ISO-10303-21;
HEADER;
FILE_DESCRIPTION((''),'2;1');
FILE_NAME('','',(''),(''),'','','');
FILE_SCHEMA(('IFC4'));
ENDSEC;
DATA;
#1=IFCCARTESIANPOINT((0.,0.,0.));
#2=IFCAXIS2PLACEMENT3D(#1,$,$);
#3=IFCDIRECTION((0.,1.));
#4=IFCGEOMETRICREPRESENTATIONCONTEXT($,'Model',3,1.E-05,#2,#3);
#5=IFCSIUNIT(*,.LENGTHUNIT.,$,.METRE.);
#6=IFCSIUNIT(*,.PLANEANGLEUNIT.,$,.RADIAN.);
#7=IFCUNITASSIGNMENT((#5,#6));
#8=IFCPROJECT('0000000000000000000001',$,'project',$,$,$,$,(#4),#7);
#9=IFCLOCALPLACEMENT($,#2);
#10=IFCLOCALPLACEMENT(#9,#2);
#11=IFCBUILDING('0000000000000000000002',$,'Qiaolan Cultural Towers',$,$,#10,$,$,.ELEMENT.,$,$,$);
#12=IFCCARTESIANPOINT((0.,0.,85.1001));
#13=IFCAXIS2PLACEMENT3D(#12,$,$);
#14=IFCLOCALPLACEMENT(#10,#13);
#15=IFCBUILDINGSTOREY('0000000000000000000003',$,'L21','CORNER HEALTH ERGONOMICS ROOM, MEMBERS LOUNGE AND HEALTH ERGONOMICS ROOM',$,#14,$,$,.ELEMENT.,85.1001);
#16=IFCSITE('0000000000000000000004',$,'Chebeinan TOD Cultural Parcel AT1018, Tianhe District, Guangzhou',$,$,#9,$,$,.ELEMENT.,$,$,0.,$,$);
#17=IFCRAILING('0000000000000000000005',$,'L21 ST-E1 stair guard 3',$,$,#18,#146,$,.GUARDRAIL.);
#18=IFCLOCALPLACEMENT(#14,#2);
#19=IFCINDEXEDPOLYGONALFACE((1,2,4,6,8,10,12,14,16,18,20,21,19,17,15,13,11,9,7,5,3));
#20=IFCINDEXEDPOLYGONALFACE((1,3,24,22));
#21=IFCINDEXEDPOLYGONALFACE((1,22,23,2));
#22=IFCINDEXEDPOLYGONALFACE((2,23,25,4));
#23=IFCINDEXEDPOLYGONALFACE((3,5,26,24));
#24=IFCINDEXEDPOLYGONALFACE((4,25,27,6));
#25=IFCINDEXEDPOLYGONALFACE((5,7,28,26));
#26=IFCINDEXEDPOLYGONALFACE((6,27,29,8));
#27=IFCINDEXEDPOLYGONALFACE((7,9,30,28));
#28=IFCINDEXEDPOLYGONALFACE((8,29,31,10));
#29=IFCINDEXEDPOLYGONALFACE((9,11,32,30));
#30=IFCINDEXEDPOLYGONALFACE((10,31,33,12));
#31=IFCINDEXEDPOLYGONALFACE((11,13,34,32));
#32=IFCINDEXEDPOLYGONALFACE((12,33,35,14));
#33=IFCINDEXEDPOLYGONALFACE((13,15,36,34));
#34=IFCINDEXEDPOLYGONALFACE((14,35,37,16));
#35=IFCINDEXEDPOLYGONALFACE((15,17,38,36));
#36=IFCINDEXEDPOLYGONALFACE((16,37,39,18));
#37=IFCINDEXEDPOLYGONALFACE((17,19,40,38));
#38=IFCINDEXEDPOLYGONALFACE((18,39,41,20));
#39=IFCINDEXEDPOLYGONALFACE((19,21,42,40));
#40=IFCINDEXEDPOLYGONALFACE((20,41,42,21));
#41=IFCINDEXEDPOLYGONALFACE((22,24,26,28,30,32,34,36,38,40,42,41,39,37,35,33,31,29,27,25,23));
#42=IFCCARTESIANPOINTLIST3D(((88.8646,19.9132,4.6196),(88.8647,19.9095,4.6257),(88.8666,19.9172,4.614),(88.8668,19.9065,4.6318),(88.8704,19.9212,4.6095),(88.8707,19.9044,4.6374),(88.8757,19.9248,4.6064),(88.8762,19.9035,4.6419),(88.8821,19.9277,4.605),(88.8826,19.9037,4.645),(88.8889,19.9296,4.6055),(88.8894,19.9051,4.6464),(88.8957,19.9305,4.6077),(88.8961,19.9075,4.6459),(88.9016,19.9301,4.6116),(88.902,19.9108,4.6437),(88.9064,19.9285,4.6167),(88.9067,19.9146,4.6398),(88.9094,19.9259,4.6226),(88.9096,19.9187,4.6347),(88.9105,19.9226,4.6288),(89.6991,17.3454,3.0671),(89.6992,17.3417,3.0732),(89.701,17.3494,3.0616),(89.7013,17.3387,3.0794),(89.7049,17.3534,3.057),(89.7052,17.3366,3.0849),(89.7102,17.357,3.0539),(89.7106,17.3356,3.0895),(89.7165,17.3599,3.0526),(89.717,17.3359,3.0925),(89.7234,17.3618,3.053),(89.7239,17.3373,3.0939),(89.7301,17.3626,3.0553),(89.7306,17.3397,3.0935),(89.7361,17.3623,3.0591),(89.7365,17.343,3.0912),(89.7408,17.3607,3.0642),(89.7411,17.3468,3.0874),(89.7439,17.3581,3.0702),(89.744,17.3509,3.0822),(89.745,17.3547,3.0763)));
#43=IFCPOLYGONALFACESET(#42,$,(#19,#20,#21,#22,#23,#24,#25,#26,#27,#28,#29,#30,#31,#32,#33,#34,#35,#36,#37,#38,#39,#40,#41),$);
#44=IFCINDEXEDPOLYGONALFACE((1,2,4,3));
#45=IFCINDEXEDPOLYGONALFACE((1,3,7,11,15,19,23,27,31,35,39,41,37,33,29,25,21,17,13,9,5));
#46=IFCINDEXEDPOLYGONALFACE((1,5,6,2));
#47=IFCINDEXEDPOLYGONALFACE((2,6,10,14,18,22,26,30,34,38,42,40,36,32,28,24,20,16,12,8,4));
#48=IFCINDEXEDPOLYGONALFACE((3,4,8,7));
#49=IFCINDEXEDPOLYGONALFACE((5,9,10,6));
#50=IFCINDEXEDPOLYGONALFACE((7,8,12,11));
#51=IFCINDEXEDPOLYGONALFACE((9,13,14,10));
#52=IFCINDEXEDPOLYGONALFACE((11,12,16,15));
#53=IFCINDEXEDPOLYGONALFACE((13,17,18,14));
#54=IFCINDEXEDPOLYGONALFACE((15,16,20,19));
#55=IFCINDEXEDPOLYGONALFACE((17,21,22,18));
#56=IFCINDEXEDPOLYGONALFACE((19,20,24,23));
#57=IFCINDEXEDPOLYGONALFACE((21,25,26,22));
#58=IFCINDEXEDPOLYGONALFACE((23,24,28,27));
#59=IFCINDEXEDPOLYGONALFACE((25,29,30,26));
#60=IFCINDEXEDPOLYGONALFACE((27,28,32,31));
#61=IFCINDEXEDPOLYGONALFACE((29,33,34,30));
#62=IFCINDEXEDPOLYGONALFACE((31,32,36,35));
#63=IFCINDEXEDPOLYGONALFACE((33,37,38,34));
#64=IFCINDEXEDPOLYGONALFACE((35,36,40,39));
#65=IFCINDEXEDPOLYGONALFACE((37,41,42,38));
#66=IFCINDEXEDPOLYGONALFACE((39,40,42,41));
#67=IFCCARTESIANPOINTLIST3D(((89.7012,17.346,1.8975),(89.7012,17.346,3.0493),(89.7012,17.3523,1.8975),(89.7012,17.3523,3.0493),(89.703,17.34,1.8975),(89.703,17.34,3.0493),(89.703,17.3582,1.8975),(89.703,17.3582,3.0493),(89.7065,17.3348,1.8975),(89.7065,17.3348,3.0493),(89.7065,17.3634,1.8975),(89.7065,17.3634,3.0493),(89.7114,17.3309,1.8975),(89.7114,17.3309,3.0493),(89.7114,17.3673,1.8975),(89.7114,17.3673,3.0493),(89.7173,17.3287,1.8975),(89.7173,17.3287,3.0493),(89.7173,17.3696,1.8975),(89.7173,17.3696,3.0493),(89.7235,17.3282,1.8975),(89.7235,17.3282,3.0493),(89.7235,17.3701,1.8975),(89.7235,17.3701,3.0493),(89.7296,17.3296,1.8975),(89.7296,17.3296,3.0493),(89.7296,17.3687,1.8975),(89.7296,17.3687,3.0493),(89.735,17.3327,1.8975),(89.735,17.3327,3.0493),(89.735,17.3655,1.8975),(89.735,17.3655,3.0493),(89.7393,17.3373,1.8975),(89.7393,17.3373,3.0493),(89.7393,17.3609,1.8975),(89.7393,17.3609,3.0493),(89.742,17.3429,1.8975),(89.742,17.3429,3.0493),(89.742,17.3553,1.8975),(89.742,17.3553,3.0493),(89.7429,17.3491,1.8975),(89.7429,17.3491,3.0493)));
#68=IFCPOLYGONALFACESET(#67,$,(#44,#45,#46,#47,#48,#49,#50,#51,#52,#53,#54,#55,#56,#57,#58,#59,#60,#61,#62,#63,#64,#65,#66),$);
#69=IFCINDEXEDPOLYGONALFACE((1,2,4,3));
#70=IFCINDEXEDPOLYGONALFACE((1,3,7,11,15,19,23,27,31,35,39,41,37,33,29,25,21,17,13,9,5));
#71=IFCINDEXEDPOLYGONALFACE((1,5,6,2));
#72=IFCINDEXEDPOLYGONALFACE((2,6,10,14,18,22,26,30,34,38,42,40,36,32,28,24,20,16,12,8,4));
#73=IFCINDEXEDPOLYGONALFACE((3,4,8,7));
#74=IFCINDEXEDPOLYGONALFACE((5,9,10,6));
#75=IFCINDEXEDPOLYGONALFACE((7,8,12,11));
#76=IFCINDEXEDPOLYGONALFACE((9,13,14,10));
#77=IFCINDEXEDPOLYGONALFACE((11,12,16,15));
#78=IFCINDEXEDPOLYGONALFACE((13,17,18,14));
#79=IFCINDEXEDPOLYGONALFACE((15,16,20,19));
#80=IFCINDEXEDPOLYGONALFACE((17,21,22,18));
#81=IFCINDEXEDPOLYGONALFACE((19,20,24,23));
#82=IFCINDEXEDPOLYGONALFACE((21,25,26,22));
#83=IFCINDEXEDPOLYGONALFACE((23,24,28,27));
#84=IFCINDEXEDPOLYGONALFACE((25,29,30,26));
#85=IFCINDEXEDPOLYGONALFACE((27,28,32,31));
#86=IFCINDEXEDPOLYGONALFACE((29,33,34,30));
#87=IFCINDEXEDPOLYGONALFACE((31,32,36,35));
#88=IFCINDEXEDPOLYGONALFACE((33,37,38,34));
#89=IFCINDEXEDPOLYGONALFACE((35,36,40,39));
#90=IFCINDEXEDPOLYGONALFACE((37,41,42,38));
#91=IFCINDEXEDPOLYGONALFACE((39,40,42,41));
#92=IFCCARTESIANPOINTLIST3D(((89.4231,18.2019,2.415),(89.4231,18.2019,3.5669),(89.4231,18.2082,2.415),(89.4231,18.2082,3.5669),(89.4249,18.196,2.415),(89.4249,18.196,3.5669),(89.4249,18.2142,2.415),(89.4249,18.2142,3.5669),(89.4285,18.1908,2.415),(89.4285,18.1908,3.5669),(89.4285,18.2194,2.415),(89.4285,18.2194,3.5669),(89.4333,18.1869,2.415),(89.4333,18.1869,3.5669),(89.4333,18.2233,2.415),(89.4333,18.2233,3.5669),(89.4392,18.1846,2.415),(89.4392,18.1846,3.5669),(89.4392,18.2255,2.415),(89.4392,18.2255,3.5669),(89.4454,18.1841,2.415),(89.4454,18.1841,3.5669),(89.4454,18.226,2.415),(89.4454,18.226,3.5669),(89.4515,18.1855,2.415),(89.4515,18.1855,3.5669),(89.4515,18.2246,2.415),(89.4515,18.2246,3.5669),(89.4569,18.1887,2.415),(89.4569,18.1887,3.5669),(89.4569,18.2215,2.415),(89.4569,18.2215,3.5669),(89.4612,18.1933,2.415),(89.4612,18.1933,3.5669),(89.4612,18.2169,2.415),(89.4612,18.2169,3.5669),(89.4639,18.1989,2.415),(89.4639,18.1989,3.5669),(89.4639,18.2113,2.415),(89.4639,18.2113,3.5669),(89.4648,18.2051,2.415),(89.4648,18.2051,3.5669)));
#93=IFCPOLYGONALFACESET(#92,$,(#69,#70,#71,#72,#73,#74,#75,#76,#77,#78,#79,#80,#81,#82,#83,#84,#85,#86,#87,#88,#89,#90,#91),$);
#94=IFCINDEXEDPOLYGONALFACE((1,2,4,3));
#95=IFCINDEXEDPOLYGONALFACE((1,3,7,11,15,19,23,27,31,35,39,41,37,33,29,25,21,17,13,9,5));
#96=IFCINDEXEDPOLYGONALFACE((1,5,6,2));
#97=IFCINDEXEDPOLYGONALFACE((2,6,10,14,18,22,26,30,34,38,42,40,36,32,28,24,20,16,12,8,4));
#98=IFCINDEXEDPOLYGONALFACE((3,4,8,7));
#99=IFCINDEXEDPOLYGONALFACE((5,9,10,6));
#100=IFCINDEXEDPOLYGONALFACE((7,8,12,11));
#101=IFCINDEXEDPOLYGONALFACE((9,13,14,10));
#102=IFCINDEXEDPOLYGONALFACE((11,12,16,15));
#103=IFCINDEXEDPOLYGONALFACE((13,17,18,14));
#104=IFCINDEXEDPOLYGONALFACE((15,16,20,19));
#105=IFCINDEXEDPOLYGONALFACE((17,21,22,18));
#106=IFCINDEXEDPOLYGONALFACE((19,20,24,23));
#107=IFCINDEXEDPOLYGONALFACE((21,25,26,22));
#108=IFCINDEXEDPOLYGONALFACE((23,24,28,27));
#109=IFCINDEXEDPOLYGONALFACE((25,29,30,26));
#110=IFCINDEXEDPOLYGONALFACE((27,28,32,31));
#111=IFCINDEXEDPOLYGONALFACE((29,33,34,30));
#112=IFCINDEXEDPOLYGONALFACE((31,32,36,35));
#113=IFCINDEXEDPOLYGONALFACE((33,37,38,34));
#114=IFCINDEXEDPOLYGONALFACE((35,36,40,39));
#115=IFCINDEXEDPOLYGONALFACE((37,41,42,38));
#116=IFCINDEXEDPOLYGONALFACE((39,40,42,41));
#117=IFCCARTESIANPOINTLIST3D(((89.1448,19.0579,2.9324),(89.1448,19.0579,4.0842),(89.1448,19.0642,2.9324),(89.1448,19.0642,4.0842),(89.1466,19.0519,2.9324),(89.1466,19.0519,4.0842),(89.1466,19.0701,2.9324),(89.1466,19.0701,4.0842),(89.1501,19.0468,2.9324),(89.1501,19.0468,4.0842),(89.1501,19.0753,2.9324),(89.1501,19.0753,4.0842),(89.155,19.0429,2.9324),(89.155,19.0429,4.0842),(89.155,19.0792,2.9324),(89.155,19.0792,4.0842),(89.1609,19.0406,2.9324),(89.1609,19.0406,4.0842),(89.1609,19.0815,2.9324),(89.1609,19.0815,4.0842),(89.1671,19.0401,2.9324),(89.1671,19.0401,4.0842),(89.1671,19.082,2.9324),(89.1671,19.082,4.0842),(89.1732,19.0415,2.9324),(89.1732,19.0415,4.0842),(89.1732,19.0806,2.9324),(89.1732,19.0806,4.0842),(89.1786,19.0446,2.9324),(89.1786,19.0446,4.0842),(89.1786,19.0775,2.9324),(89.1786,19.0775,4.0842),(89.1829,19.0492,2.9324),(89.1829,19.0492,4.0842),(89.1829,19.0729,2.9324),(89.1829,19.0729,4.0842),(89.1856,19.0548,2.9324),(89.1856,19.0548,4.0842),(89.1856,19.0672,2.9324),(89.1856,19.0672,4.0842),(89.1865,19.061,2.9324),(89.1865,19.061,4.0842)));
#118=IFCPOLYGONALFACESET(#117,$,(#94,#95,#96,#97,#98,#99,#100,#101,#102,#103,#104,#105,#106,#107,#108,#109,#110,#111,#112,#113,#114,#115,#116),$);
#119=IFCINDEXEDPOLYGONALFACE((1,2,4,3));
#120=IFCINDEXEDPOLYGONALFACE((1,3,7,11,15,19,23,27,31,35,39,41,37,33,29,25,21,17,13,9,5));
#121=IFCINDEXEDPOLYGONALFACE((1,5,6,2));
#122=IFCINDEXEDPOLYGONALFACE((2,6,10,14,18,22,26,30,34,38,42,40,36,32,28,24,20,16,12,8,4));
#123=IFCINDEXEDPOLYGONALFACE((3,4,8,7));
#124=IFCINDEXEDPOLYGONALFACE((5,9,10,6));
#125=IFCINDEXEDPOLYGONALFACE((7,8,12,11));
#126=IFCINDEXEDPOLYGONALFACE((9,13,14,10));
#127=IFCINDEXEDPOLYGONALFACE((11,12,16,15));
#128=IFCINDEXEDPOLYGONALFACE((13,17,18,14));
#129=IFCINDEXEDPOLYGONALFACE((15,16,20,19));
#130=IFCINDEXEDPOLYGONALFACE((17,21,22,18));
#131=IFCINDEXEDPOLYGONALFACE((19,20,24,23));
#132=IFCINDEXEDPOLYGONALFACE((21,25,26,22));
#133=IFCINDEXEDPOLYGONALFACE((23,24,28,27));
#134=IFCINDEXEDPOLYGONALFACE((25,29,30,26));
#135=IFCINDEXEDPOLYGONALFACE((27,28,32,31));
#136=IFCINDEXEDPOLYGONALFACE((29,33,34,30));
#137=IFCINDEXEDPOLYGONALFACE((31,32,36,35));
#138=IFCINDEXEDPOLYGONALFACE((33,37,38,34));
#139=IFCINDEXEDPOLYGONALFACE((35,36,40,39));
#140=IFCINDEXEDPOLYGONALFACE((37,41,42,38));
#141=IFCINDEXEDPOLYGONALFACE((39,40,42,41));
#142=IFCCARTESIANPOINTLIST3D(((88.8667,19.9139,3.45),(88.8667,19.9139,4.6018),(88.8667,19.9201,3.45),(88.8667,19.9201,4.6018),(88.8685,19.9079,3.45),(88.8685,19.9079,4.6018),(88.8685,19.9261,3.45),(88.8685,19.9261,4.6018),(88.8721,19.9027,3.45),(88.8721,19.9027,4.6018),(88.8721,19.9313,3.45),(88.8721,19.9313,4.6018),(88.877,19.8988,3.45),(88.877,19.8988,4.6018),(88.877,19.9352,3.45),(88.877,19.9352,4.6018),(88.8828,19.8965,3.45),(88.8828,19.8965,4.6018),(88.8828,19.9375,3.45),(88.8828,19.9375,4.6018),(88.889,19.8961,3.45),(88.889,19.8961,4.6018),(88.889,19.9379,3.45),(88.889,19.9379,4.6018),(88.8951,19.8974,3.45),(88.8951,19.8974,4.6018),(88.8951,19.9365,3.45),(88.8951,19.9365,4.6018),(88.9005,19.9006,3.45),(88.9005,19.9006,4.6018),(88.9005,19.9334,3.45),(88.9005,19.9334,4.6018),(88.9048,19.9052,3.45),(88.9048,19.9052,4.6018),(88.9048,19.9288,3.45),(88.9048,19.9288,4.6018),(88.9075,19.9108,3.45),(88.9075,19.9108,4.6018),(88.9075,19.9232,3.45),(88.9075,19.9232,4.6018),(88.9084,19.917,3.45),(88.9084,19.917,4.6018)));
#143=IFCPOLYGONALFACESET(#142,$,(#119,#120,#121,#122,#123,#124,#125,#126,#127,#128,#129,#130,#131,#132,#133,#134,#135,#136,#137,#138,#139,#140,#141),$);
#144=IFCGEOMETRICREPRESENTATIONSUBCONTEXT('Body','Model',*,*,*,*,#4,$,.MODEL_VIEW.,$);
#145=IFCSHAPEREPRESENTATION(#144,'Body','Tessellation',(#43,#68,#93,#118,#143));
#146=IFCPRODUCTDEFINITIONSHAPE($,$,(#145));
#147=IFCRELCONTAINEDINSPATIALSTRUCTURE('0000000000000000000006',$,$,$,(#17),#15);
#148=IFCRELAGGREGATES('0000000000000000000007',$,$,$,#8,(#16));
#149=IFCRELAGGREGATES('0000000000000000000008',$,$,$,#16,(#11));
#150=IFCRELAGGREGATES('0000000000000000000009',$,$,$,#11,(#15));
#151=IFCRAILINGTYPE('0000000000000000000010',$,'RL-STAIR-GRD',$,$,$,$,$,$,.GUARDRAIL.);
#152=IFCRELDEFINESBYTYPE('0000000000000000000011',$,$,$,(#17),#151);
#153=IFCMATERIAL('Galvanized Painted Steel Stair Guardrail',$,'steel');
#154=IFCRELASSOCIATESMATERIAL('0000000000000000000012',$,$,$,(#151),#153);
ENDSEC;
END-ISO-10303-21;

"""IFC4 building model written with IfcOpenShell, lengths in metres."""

from ifc_helpers import new_model, si_unit, direction, frame, origin, origin_2d, place, context, subcontext, project, spatial, circle, extrude, material, type_object, element, save


model = new_model("IFC4")

# Units and contexts
model_context = context("Model", 3, precision=1e-05, world=origin(), true_north=direction((0.0, 1.0)))
body_context = subcontext(model_context, "Body", "Model", "MODEL_VIEW")
ifc_project = project(units=[si_unit("LENGTHUNIT", "METRE"), si_unit("PLANEANGLEUNIT", "RADIAN")], contexts=[model_context])

# Site, building, storey
site_placement = place(None, origin())
site = spatial("IfcSite", under=ifc_project, at=site_placement, Name="Chebeinan TOD Cultural Parcel AT1018, Tianhe District, Guangzhou", CompositionType="ELEMENT", RefElevation=0.0)
building_placement = place(site_placement, origin())
building = spatial("IfcBuilding", under=site, at=building_placement, Name="Qiaolan Cultural Towers", CompositionType="ELEMENT")
storey_placement = place(building_placement, frame((0.0, 0.0, 85.1001)))
storey = spatial("IfcBuildingStorey", under=building, at=storey_placement, Name="L21", Description="CORNER HEALTH ERGONOMICS ROOM, MEMBERS LOUNGE AND HEALTH ERGONOMICS ROOM", CompositionType="ELEMENT", Elevation=85.1001)

# Railing
ifc_material_1 = material(Name="Galvanized Painted Steel Stair Guardrail", Category="steel")
railing_type_1 = type_object("IfcRailingType", Name="RL-STAIR-GRD", PredefinedType="GUARDRAIL", material=ifc_material_1)
railing_1_placement = place(storey_placement, frame((89.7219, 17.3491, 1.8975)))
element("IfcRailing", 1, at=railing_1_placement, inside=storey, type_object=railing_type_1, Name="L21 ST-E1 stair guard 3", PredefinedType="GUARDRAIL", context=body_context, shape_type="SweptSolid", body=[
    extrude(circle(Radius=0.0239, at=origin_2d()), frame((0.0, 0.0, 1.1758), z_axis=(-0.267926, 0.824471, 0.498461), x_axis=(-0.951043, -0.309057, 0.0)), (0.0, 0.0, 1.0), 3.1145),
    extrude(circle(Radius=0.021, at=origin_2d()), origin(), (0.0, 0.0, 1.0), 1.1519),
    extrude(circle(Radius=0.021, at=origin_2d()), frame((-0.2781, 0.856, 0.5176)), (0.0, 0.0, 1.0), 1.1519),
    extrude(circle(Radius=0.021, at=origin_2d()), frame((-0.5564, 1.7119, 1.0349)), (0.0, 0.0, 1.0), 1.1519),
    extrude(circle(Radius=0.021, at=origin_2d()), frame((-0.8345, 2.5679, 1.5525)), (0.0, 0.0, 1.0), 1.1519),
])

save(model, "model.ifc")
